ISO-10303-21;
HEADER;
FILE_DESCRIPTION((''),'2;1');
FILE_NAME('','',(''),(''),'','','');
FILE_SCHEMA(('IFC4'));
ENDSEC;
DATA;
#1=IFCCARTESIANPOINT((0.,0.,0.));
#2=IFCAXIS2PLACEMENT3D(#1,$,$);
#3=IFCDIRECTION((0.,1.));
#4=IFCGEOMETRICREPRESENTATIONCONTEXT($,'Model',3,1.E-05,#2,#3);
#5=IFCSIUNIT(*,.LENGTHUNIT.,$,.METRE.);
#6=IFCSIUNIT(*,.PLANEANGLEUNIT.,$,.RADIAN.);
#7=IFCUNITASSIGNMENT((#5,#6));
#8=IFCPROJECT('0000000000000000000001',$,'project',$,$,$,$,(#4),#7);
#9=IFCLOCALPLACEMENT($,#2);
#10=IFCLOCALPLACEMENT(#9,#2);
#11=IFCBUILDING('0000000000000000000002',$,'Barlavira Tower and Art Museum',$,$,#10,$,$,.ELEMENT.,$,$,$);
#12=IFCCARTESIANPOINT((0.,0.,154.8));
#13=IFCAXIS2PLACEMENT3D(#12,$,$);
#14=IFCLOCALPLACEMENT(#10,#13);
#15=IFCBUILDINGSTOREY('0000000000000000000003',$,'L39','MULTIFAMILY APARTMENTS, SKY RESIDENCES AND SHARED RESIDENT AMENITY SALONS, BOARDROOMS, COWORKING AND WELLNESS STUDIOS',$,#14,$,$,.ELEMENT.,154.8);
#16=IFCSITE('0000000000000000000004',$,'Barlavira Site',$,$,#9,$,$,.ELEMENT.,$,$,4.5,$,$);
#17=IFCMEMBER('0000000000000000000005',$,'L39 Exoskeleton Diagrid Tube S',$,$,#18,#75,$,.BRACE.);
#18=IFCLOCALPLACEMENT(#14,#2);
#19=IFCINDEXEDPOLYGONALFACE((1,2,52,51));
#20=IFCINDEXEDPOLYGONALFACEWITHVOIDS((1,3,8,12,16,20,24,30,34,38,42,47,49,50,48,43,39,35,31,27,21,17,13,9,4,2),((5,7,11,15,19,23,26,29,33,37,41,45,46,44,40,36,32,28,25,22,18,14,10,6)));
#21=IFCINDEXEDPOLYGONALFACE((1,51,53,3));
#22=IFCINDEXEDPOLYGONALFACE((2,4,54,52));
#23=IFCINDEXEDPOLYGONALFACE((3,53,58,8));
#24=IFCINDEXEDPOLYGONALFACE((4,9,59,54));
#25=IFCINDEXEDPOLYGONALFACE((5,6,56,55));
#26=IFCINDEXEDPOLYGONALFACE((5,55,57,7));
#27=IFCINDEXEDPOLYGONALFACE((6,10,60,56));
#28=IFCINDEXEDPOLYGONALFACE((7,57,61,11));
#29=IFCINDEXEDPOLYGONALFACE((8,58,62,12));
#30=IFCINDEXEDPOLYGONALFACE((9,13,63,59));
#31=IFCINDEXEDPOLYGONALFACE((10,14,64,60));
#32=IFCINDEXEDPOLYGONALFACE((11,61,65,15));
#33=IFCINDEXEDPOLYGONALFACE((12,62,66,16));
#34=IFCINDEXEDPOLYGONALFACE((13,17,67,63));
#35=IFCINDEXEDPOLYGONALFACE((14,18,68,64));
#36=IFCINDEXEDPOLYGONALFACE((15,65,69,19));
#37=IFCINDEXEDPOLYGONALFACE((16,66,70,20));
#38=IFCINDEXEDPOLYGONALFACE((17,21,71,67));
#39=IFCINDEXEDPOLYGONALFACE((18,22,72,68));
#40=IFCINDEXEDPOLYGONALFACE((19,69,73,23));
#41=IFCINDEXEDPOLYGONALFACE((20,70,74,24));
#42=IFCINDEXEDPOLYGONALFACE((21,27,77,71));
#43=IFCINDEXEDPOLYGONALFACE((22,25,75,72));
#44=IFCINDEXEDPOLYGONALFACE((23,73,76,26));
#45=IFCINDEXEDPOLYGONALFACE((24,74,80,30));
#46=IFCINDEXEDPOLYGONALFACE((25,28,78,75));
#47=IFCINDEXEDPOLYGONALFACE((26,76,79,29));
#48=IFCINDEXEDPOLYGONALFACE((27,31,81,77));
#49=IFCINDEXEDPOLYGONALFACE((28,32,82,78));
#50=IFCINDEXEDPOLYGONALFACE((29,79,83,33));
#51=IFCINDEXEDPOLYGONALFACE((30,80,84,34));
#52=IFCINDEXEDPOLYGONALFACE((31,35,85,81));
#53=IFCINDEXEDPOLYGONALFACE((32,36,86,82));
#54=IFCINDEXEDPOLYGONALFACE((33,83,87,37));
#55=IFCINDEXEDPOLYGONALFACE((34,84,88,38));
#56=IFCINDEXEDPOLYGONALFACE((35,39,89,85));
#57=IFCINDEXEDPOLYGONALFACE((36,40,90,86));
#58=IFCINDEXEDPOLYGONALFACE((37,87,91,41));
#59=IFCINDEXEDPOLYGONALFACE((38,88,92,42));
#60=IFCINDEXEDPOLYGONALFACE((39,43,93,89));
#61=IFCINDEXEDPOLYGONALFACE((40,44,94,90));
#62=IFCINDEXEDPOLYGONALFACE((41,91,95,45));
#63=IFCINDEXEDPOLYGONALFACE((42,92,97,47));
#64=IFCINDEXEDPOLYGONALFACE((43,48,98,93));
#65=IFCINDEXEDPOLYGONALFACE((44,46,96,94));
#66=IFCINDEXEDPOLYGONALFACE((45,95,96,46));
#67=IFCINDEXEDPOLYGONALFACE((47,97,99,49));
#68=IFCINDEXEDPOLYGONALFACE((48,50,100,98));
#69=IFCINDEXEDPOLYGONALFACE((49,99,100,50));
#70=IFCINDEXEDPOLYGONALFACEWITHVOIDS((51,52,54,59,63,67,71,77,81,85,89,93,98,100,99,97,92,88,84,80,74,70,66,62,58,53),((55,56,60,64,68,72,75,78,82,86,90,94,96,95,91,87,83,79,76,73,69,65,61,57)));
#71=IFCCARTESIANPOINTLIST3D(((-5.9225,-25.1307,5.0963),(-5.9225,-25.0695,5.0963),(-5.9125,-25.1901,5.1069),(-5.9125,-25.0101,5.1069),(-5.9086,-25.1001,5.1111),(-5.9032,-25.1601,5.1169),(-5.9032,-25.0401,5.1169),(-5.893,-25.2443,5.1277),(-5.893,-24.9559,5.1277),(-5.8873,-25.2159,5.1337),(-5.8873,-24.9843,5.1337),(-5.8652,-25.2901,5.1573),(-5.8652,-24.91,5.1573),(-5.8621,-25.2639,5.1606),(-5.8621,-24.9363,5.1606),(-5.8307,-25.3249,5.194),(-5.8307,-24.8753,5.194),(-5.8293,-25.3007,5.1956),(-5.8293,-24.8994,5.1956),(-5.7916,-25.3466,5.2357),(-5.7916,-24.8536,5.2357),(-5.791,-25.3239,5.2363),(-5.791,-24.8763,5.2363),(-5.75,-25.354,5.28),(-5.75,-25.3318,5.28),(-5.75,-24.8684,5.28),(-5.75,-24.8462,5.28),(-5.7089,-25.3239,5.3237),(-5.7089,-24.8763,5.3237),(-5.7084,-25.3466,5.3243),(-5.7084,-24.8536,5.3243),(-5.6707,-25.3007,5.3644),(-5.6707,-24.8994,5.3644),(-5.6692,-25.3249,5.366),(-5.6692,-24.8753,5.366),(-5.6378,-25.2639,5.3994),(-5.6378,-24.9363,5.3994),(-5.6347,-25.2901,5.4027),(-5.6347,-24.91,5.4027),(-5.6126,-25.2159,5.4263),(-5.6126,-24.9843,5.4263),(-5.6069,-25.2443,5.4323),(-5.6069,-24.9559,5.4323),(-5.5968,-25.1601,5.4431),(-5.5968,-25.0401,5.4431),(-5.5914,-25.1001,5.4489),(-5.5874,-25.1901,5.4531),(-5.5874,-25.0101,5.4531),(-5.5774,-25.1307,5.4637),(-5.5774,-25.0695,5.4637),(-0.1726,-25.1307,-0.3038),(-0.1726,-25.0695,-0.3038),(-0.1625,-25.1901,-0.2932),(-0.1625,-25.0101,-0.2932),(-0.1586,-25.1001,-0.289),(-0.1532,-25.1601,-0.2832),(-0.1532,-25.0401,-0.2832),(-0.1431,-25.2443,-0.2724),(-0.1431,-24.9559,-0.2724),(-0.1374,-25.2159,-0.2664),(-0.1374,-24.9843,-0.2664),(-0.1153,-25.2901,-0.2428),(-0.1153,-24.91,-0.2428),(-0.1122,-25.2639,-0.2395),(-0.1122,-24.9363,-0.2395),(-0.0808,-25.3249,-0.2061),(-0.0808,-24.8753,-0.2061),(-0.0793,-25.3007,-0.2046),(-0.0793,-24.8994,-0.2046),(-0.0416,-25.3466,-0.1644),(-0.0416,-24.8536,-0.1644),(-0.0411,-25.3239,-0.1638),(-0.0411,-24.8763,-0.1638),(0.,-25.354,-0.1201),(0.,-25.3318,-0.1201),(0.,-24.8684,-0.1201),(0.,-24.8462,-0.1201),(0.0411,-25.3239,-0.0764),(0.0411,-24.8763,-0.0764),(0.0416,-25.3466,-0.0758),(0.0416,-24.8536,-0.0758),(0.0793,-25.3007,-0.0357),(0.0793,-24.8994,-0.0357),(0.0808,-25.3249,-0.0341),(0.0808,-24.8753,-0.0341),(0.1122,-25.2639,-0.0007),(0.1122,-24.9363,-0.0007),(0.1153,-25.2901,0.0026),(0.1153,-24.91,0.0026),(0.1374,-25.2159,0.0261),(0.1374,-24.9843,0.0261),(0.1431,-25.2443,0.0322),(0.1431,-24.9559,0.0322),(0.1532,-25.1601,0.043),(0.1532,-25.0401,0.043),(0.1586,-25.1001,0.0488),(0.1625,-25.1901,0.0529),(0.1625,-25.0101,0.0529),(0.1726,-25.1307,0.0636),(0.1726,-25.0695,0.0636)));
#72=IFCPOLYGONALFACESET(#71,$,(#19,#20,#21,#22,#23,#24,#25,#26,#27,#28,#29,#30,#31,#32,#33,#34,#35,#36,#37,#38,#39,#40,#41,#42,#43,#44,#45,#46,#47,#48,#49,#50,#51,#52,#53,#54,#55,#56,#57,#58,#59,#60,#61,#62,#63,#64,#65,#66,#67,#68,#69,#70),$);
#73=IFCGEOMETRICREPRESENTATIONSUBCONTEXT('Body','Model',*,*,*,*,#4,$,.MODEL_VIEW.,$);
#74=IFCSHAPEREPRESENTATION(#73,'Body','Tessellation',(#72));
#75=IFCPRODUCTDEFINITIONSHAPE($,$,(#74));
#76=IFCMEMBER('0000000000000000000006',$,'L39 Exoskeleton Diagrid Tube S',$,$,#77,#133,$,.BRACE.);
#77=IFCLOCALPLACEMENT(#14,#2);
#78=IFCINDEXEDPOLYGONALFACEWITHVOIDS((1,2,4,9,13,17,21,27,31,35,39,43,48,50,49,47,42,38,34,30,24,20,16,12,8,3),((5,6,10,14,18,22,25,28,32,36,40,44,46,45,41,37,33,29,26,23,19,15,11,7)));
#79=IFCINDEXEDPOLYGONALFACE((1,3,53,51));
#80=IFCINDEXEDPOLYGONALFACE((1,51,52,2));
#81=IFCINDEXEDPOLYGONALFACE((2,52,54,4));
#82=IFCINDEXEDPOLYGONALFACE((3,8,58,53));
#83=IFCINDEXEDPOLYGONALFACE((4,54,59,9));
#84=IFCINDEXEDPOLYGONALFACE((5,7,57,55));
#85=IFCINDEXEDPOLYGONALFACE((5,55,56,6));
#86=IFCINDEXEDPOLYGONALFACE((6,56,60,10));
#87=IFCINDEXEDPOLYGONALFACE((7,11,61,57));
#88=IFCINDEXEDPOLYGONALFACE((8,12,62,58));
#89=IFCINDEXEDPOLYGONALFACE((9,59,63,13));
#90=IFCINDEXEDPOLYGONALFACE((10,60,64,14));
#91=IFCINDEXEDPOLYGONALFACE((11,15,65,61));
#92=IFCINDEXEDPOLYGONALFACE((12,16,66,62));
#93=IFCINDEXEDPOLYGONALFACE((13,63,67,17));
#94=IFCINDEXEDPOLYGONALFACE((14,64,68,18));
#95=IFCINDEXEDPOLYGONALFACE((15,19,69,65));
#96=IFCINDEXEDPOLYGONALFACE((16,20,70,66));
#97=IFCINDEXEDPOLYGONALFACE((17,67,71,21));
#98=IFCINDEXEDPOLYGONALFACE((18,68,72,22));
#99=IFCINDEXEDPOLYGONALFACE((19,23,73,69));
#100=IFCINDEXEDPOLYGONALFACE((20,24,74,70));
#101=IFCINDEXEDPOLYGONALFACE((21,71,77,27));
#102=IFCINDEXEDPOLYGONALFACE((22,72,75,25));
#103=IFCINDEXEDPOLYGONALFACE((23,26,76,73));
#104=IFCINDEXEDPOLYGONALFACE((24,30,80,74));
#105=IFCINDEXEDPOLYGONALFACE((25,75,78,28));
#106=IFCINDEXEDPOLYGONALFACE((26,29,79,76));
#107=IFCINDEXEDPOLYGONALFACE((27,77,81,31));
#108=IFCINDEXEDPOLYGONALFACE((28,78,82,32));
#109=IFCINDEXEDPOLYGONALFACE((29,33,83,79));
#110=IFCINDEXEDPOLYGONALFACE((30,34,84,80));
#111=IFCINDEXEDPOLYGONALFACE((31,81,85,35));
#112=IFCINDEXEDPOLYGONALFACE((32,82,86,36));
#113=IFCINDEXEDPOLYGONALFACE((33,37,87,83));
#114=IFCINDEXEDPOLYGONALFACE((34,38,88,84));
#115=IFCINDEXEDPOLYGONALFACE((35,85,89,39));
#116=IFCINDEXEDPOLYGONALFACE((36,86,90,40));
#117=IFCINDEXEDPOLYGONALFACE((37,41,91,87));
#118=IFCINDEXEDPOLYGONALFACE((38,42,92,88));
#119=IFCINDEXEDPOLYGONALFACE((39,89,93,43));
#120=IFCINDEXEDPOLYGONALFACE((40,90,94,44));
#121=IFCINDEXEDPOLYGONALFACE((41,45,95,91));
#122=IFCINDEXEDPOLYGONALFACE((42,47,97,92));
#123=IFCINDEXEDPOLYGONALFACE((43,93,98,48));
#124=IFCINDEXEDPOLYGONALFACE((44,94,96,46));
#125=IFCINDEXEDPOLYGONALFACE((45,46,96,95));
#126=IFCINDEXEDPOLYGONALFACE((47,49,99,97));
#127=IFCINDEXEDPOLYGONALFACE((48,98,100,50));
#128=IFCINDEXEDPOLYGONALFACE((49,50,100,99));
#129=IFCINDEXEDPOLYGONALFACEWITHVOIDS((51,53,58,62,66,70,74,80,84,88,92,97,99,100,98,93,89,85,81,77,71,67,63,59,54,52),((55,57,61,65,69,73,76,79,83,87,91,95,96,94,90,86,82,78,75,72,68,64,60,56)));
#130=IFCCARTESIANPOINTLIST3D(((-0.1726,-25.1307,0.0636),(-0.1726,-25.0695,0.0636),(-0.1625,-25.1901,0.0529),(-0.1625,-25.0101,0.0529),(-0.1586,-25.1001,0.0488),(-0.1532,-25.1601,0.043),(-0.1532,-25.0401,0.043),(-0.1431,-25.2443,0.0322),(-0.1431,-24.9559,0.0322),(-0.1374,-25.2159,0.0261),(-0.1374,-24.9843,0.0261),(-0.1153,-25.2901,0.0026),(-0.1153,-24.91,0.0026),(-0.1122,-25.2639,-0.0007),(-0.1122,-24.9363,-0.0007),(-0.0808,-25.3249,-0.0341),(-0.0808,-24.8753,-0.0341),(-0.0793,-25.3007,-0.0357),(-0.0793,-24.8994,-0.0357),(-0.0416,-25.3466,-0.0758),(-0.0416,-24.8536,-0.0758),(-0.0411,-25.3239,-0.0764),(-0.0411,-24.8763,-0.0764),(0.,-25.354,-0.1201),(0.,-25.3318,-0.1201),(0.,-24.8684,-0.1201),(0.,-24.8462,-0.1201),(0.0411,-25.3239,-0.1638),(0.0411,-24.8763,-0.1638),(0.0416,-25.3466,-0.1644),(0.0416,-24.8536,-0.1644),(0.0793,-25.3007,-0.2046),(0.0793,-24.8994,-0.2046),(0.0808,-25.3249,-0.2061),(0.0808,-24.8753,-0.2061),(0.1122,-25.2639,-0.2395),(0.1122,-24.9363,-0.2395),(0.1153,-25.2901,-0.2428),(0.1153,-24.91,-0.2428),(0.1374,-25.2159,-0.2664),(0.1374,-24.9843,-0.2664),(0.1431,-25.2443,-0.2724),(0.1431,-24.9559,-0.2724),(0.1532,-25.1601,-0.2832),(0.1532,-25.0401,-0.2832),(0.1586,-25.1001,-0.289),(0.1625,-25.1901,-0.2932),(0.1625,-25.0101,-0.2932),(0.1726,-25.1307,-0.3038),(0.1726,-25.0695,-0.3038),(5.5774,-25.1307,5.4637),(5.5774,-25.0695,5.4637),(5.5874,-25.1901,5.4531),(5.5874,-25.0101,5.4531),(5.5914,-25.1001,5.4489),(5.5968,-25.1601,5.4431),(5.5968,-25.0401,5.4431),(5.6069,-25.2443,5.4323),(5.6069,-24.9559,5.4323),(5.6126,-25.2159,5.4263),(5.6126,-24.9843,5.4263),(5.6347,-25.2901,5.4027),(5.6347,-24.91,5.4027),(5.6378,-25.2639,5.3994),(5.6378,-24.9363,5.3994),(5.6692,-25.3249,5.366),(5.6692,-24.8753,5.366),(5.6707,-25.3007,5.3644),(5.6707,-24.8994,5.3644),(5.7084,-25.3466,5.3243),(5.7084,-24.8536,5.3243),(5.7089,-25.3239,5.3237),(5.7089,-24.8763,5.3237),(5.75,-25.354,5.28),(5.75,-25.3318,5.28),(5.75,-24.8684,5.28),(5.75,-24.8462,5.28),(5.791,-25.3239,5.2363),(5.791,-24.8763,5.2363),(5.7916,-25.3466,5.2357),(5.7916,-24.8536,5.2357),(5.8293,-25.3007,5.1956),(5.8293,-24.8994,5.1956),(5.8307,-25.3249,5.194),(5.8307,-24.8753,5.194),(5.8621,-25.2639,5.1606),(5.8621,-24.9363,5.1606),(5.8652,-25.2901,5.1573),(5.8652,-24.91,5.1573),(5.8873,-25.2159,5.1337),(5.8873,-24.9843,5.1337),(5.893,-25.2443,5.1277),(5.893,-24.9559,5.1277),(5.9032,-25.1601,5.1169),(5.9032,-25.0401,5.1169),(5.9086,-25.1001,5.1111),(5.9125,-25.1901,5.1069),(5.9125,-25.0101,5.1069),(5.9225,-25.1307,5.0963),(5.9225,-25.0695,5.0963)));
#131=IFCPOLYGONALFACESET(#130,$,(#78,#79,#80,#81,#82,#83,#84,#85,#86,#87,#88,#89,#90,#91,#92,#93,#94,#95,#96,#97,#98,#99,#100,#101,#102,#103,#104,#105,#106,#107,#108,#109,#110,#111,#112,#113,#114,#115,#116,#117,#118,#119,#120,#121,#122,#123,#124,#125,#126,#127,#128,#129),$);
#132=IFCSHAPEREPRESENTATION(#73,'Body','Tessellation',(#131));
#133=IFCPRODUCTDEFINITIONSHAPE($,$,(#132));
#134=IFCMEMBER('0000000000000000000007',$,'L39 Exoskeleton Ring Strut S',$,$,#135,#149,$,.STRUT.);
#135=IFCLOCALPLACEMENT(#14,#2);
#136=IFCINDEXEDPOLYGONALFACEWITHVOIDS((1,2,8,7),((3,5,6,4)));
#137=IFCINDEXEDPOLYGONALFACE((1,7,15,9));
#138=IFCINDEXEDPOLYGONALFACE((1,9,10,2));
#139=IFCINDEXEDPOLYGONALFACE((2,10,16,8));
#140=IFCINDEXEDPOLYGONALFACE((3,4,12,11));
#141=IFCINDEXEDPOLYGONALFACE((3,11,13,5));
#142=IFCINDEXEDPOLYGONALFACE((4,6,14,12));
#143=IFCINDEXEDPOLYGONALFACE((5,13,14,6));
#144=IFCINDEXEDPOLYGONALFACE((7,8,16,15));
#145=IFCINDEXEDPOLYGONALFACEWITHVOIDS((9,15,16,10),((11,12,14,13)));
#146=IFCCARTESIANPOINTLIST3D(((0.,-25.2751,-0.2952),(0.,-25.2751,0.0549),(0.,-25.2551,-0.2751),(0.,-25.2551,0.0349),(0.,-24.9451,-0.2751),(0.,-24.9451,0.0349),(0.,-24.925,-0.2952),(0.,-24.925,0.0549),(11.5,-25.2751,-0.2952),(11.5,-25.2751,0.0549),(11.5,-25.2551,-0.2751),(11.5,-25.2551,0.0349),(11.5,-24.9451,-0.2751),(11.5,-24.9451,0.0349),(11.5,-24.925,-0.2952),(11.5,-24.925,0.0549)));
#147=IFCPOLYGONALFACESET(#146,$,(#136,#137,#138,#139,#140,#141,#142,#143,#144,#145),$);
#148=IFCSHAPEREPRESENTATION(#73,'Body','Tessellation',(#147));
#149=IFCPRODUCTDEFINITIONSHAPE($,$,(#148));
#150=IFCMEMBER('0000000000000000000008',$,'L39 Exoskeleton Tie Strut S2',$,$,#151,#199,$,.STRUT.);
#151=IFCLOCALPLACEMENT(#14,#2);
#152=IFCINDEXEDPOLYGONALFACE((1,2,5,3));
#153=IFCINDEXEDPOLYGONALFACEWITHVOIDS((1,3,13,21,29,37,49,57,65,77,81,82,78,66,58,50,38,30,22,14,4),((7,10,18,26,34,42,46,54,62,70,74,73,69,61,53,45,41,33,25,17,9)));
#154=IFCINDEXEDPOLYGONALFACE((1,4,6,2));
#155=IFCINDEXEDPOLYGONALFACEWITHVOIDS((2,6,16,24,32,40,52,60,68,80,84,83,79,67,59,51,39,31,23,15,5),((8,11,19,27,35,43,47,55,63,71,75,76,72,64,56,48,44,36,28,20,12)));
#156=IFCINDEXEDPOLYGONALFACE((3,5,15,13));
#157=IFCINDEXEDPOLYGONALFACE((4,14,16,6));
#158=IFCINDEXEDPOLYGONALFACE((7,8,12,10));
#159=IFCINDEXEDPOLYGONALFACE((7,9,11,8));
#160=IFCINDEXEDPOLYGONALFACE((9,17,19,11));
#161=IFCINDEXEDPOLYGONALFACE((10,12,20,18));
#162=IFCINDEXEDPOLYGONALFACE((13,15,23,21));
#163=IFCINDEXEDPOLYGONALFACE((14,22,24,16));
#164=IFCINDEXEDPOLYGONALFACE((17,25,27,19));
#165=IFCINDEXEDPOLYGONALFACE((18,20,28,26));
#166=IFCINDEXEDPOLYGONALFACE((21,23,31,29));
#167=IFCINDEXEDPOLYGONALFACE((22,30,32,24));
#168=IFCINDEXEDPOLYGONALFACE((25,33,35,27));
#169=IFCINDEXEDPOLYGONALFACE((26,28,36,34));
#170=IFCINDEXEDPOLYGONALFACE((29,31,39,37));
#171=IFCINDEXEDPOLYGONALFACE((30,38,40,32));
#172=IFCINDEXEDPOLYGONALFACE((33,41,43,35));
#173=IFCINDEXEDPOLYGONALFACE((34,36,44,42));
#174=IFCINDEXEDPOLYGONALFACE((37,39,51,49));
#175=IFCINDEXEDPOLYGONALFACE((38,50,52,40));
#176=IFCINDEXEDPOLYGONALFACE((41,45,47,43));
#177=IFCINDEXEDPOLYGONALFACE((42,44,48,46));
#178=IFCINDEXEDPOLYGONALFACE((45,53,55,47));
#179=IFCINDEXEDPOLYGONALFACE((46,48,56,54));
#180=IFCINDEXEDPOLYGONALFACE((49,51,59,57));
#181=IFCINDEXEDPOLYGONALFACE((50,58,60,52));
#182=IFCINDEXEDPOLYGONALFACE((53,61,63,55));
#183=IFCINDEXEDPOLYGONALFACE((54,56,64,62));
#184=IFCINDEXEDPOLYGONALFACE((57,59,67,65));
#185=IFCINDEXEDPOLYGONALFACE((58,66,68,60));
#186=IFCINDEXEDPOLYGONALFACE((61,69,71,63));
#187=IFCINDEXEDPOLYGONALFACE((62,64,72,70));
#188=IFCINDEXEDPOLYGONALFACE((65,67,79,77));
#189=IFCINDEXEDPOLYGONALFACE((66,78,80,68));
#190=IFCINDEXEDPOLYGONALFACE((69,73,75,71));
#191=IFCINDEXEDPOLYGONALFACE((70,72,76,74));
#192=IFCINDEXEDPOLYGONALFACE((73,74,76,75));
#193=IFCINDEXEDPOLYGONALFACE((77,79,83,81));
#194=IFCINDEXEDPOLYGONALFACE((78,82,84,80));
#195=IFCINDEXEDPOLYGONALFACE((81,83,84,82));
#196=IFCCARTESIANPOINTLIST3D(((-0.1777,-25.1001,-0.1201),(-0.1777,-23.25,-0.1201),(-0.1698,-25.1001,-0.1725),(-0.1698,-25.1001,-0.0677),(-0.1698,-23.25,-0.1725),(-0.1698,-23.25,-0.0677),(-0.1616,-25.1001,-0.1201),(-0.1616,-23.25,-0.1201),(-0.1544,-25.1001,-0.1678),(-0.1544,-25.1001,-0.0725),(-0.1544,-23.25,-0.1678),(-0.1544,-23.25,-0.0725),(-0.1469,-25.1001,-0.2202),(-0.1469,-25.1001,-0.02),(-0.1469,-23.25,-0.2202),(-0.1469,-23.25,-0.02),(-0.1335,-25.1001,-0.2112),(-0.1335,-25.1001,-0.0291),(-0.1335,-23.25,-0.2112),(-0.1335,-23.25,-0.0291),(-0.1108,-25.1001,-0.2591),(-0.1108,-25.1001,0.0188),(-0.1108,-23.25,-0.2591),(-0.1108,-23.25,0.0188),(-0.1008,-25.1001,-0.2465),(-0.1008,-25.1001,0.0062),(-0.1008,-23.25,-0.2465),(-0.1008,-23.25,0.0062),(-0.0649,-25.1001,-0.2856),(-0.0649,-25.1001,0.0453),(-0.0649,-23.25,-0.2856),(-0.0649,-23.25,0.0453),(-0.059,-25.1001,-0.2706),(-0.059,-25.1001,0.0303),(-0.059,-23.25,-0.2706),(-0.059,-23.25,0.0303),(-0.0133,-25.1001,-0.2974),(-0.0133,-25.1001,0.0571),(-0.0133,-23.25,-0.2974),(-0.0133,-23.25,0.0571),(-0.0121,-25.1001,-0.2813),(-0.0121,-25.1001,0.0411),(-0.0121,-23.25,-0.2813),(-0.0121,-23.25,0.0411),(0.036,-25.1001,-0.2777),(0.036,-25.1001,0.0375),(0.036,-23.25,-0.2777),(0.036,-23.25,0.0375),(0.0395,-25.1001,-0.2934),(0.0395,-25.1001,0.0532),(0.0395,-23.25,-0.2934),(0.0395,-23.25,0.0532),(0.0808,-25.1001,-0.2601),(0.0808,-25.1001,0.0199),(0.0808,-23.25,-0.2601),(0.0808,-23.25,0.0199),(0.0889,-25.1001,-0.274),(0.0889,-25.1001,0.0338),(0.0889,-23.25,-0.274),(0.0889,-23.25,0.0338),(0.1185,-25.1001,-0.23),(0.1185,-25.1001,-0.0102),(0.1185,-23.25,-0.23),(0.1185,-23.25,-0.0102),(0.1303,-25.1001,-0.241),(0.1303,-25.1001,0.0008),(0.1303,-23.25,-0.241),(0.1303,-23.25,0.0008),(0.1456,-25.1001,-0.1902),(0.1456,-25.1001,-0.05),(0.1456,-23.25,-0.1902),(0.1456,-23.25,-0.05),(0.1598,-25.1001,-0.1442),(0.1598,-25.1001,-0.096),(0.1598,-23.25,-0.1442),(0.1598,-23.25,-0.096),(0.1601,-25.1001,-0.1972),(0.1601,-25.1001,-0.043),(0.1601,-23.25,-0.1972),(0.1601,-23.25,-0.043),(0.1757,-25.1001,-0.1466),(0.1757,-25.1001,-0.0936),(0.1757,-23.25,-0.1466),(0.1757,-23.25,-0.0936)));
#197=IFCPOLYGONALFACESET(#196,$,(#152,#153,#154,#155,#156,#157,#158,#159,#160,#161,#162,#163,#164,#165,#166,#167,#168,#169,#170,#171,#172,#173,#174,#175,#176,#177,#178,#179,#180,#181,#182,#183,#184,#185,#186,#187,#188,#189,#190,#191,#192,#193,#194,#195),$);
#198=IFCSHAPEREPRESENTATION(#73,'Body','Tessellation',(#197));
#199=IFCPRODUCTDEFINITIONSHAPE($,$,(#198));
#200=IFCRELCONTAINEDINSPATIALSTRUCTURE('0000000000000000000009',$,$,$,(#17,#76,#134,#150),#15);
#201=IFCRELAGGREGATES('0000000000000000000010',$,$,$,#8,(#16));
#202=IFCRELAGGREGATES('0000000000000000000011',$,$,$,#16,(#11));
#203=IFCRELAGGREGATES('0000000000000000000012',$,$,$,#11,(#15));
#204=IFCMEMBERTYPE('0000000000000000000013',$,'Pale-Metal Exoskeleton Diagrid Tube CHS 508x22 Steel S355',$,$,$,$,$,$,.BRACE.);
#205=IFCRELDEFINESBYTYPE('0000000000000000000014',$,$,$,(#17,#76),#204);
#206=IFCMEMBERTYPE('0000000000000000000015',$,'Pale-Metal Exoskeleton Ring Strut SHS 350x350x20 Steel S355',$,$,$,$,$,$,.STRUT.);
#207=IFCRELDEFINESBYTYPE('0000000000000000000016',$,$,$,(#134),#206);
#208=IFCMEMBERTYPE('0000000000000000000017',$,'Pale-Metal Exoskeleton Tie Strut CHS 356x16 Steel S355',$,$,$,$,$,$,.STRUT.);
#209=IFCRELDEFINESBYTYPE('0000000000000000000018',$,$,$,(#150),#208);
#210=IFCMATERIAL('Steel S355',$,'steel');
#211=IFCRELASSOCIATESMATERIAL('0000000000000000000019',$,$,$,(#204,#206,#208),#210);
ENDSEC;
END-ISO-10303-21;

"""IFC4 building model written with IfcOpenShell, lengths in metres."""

from ifc_helpers import new_model, si_unit, direction, frame, origin, origin_2d, place, context, subcontext, project, spatial, hollow_rectangle, hollow_circle, extrude, material, material_profile, profile_set, type_object, element, save


model = new_model("IFC4")

# Units and contexts
model_context = context("Model", 3, precision=1e-05, world=origin(), true_north=direction((0.0, 1.0)))
body_context = subcontext(model_context, "Body", "Model", "MODEL_VIEW")
ifc_project = project(units=[si_unit("LENGTHUNIT", "METRE"), si_unit("PLANEANGLEUNIT", "RADIAN")], contexts=[model_context])

# Site, building, storey
site_placement = place(None, origin())
site = spatial("IfcSite", under=ifc_project, at=site_placement, Name="Barlavira Site", CompositionType="ELEMENT", RefElevation=4.5)
building_placement = place(site_placement, origin())
building = spatial("IfcBuilding", under=site, at=building_placement, Name="Barlavira Tower and Art Museum", CompositionType="ELEMENT")
storey_placement = place(building_placement, frame((0.0, 0.0, 154.8)))
storey = spatial("IfcBuildingStorey", under=building, at=storey_placement, Name="L39", Description="MULTIFAMILY APARTMENTS, SKY RESIDENCES AND SHARED RESIDENT AMENITY SALONS, BOARDROOMS, COWORKING AND WELLNESS STUDIOS", CompositionType="ELEMENT", Elevation=154.8)

# Members
ifc_material_1 = material(Name="Steel S355", Category="steel")
ifc_material_profile_1 = material_profile(ifc_material_1, hollow_circle(Radius=0.2539, WallThickness=0.0222, at=origin_2d()), Name="CHS 508.0x22.2")
ifc_profile_set_1 = profile_set([ifc_material_profile_1], Name="Steel S355")
member_type_1 = type_object("IfcMemberType", Name="Pale-Metal Exoskeleton Diagrid Tube CHS 508x22 Steel S355", PredefinedType="BRACE", material=ifc_profile_set_1)
for number, where, z_axis, x_axis, name in (
    (1, (0.0, -25.1001, -0.1201), (-0.728935, 0.0, 0.684583), (0.0, -1.0, 0.0), "L39 Exoskeleton Diagrid Tube S"),
    (2, (0.0, -25.1001, -0.1201), (0.728935, 0.0, 0.684583), (0.0, 1.0, 0.0), "L39 Exoskeleton Diagrid Tube S"),
):
    element("IfcMember", number, at=place(storey_placement, frame(where, z_axis=z_axis, x_axis=x_axis)), inside=storey, type_object=member_type_1, Name=name, PredefinedType="BRACE", context=body_context, shape_type="SweptSolid", body=[
        extrude(hollow_circle(Radius=0.2539, WallThickness=0.0222, at=origin_2d()), origin(), (0.0, 0.0, 1.0), 7.8882),
    ])
ifc_material_profile_2 = material_profile(ifc_material_1, hollow_rectangle(XDim=0.3501, YDim=0.3501, WallThickness=0.02, at=origin_2d()), Name="SHS 350x350x20.0")
ifc_profile_set_2 = profile_set([ifc_material_profile_2], Name="Steel S355")
member_type_2 = type_object("IfcMemberType", Name="Pale-Metal Exoskeleton Ring Strut SHS 350x350x20 Steel S355", PredefinedType="STRUT", material=ifc_profile_set_2)
member_1_placement = place(storey_placement, frame((0.0, -25.1001, -0.1201), z_axis=(1.0, 0.0, 0.0), x_axis=(0.0, 1.0, 0.0)))
element("IfcMember", 3, at=member_1_placement, inside=storey, type_object=member_type_2, Name="L39 Exoskeleton Ring Strut S", PredefinedType="STRUT", context=body_context, shape_type="SweptSolid", body=[
    extrude(hollow_rectangle(XDim=0.3501, YDim=0.3501, WallThickness=0.02, at=origin_2d()), origin(), (0.0, 0.0, 1.0), 11.5),
])
ifc_material_profile_3 = material_profile(ifc_material_1, hollow_circle(Radius=0.1777, WallThickness=0.0161, at=origin_2d()), Name="CHS 355.6x16.0")
ifc_profile_set_3 = profile_set([ifc_material_profile_3], Name="Steel S355")
member_type_3 = type_object("IfcMemberType", Name="Pale-Metal Exoskeleton Tie Strut CHS 356x16 Steel S355", PredefinedType="STRUT", material=ifc_profile_set_3)
member_2_placement = place(storey_placement, frame((0.0, -25.1001, -0.1201), z_axis=(0.0, 1.0, 0.0), x_axis=(-1.0, 0.0, 0.0)))
element("IfcMember", 4, at=member_2_placement, inside=storey, type_object=member_type_3, Name="L39 Exoskeleton Tie Strut S2", PredefinedType="STRUT", context=body_context, shape_type="SweptSolid", body=[
    extrude(hollow_circle(Radius=0.1777, WallThickness=0.0161, at=origin_2d()), origin(), (0.0, 0.0, 1.0), 1.8501),
])

save(model, "model.ifc")
